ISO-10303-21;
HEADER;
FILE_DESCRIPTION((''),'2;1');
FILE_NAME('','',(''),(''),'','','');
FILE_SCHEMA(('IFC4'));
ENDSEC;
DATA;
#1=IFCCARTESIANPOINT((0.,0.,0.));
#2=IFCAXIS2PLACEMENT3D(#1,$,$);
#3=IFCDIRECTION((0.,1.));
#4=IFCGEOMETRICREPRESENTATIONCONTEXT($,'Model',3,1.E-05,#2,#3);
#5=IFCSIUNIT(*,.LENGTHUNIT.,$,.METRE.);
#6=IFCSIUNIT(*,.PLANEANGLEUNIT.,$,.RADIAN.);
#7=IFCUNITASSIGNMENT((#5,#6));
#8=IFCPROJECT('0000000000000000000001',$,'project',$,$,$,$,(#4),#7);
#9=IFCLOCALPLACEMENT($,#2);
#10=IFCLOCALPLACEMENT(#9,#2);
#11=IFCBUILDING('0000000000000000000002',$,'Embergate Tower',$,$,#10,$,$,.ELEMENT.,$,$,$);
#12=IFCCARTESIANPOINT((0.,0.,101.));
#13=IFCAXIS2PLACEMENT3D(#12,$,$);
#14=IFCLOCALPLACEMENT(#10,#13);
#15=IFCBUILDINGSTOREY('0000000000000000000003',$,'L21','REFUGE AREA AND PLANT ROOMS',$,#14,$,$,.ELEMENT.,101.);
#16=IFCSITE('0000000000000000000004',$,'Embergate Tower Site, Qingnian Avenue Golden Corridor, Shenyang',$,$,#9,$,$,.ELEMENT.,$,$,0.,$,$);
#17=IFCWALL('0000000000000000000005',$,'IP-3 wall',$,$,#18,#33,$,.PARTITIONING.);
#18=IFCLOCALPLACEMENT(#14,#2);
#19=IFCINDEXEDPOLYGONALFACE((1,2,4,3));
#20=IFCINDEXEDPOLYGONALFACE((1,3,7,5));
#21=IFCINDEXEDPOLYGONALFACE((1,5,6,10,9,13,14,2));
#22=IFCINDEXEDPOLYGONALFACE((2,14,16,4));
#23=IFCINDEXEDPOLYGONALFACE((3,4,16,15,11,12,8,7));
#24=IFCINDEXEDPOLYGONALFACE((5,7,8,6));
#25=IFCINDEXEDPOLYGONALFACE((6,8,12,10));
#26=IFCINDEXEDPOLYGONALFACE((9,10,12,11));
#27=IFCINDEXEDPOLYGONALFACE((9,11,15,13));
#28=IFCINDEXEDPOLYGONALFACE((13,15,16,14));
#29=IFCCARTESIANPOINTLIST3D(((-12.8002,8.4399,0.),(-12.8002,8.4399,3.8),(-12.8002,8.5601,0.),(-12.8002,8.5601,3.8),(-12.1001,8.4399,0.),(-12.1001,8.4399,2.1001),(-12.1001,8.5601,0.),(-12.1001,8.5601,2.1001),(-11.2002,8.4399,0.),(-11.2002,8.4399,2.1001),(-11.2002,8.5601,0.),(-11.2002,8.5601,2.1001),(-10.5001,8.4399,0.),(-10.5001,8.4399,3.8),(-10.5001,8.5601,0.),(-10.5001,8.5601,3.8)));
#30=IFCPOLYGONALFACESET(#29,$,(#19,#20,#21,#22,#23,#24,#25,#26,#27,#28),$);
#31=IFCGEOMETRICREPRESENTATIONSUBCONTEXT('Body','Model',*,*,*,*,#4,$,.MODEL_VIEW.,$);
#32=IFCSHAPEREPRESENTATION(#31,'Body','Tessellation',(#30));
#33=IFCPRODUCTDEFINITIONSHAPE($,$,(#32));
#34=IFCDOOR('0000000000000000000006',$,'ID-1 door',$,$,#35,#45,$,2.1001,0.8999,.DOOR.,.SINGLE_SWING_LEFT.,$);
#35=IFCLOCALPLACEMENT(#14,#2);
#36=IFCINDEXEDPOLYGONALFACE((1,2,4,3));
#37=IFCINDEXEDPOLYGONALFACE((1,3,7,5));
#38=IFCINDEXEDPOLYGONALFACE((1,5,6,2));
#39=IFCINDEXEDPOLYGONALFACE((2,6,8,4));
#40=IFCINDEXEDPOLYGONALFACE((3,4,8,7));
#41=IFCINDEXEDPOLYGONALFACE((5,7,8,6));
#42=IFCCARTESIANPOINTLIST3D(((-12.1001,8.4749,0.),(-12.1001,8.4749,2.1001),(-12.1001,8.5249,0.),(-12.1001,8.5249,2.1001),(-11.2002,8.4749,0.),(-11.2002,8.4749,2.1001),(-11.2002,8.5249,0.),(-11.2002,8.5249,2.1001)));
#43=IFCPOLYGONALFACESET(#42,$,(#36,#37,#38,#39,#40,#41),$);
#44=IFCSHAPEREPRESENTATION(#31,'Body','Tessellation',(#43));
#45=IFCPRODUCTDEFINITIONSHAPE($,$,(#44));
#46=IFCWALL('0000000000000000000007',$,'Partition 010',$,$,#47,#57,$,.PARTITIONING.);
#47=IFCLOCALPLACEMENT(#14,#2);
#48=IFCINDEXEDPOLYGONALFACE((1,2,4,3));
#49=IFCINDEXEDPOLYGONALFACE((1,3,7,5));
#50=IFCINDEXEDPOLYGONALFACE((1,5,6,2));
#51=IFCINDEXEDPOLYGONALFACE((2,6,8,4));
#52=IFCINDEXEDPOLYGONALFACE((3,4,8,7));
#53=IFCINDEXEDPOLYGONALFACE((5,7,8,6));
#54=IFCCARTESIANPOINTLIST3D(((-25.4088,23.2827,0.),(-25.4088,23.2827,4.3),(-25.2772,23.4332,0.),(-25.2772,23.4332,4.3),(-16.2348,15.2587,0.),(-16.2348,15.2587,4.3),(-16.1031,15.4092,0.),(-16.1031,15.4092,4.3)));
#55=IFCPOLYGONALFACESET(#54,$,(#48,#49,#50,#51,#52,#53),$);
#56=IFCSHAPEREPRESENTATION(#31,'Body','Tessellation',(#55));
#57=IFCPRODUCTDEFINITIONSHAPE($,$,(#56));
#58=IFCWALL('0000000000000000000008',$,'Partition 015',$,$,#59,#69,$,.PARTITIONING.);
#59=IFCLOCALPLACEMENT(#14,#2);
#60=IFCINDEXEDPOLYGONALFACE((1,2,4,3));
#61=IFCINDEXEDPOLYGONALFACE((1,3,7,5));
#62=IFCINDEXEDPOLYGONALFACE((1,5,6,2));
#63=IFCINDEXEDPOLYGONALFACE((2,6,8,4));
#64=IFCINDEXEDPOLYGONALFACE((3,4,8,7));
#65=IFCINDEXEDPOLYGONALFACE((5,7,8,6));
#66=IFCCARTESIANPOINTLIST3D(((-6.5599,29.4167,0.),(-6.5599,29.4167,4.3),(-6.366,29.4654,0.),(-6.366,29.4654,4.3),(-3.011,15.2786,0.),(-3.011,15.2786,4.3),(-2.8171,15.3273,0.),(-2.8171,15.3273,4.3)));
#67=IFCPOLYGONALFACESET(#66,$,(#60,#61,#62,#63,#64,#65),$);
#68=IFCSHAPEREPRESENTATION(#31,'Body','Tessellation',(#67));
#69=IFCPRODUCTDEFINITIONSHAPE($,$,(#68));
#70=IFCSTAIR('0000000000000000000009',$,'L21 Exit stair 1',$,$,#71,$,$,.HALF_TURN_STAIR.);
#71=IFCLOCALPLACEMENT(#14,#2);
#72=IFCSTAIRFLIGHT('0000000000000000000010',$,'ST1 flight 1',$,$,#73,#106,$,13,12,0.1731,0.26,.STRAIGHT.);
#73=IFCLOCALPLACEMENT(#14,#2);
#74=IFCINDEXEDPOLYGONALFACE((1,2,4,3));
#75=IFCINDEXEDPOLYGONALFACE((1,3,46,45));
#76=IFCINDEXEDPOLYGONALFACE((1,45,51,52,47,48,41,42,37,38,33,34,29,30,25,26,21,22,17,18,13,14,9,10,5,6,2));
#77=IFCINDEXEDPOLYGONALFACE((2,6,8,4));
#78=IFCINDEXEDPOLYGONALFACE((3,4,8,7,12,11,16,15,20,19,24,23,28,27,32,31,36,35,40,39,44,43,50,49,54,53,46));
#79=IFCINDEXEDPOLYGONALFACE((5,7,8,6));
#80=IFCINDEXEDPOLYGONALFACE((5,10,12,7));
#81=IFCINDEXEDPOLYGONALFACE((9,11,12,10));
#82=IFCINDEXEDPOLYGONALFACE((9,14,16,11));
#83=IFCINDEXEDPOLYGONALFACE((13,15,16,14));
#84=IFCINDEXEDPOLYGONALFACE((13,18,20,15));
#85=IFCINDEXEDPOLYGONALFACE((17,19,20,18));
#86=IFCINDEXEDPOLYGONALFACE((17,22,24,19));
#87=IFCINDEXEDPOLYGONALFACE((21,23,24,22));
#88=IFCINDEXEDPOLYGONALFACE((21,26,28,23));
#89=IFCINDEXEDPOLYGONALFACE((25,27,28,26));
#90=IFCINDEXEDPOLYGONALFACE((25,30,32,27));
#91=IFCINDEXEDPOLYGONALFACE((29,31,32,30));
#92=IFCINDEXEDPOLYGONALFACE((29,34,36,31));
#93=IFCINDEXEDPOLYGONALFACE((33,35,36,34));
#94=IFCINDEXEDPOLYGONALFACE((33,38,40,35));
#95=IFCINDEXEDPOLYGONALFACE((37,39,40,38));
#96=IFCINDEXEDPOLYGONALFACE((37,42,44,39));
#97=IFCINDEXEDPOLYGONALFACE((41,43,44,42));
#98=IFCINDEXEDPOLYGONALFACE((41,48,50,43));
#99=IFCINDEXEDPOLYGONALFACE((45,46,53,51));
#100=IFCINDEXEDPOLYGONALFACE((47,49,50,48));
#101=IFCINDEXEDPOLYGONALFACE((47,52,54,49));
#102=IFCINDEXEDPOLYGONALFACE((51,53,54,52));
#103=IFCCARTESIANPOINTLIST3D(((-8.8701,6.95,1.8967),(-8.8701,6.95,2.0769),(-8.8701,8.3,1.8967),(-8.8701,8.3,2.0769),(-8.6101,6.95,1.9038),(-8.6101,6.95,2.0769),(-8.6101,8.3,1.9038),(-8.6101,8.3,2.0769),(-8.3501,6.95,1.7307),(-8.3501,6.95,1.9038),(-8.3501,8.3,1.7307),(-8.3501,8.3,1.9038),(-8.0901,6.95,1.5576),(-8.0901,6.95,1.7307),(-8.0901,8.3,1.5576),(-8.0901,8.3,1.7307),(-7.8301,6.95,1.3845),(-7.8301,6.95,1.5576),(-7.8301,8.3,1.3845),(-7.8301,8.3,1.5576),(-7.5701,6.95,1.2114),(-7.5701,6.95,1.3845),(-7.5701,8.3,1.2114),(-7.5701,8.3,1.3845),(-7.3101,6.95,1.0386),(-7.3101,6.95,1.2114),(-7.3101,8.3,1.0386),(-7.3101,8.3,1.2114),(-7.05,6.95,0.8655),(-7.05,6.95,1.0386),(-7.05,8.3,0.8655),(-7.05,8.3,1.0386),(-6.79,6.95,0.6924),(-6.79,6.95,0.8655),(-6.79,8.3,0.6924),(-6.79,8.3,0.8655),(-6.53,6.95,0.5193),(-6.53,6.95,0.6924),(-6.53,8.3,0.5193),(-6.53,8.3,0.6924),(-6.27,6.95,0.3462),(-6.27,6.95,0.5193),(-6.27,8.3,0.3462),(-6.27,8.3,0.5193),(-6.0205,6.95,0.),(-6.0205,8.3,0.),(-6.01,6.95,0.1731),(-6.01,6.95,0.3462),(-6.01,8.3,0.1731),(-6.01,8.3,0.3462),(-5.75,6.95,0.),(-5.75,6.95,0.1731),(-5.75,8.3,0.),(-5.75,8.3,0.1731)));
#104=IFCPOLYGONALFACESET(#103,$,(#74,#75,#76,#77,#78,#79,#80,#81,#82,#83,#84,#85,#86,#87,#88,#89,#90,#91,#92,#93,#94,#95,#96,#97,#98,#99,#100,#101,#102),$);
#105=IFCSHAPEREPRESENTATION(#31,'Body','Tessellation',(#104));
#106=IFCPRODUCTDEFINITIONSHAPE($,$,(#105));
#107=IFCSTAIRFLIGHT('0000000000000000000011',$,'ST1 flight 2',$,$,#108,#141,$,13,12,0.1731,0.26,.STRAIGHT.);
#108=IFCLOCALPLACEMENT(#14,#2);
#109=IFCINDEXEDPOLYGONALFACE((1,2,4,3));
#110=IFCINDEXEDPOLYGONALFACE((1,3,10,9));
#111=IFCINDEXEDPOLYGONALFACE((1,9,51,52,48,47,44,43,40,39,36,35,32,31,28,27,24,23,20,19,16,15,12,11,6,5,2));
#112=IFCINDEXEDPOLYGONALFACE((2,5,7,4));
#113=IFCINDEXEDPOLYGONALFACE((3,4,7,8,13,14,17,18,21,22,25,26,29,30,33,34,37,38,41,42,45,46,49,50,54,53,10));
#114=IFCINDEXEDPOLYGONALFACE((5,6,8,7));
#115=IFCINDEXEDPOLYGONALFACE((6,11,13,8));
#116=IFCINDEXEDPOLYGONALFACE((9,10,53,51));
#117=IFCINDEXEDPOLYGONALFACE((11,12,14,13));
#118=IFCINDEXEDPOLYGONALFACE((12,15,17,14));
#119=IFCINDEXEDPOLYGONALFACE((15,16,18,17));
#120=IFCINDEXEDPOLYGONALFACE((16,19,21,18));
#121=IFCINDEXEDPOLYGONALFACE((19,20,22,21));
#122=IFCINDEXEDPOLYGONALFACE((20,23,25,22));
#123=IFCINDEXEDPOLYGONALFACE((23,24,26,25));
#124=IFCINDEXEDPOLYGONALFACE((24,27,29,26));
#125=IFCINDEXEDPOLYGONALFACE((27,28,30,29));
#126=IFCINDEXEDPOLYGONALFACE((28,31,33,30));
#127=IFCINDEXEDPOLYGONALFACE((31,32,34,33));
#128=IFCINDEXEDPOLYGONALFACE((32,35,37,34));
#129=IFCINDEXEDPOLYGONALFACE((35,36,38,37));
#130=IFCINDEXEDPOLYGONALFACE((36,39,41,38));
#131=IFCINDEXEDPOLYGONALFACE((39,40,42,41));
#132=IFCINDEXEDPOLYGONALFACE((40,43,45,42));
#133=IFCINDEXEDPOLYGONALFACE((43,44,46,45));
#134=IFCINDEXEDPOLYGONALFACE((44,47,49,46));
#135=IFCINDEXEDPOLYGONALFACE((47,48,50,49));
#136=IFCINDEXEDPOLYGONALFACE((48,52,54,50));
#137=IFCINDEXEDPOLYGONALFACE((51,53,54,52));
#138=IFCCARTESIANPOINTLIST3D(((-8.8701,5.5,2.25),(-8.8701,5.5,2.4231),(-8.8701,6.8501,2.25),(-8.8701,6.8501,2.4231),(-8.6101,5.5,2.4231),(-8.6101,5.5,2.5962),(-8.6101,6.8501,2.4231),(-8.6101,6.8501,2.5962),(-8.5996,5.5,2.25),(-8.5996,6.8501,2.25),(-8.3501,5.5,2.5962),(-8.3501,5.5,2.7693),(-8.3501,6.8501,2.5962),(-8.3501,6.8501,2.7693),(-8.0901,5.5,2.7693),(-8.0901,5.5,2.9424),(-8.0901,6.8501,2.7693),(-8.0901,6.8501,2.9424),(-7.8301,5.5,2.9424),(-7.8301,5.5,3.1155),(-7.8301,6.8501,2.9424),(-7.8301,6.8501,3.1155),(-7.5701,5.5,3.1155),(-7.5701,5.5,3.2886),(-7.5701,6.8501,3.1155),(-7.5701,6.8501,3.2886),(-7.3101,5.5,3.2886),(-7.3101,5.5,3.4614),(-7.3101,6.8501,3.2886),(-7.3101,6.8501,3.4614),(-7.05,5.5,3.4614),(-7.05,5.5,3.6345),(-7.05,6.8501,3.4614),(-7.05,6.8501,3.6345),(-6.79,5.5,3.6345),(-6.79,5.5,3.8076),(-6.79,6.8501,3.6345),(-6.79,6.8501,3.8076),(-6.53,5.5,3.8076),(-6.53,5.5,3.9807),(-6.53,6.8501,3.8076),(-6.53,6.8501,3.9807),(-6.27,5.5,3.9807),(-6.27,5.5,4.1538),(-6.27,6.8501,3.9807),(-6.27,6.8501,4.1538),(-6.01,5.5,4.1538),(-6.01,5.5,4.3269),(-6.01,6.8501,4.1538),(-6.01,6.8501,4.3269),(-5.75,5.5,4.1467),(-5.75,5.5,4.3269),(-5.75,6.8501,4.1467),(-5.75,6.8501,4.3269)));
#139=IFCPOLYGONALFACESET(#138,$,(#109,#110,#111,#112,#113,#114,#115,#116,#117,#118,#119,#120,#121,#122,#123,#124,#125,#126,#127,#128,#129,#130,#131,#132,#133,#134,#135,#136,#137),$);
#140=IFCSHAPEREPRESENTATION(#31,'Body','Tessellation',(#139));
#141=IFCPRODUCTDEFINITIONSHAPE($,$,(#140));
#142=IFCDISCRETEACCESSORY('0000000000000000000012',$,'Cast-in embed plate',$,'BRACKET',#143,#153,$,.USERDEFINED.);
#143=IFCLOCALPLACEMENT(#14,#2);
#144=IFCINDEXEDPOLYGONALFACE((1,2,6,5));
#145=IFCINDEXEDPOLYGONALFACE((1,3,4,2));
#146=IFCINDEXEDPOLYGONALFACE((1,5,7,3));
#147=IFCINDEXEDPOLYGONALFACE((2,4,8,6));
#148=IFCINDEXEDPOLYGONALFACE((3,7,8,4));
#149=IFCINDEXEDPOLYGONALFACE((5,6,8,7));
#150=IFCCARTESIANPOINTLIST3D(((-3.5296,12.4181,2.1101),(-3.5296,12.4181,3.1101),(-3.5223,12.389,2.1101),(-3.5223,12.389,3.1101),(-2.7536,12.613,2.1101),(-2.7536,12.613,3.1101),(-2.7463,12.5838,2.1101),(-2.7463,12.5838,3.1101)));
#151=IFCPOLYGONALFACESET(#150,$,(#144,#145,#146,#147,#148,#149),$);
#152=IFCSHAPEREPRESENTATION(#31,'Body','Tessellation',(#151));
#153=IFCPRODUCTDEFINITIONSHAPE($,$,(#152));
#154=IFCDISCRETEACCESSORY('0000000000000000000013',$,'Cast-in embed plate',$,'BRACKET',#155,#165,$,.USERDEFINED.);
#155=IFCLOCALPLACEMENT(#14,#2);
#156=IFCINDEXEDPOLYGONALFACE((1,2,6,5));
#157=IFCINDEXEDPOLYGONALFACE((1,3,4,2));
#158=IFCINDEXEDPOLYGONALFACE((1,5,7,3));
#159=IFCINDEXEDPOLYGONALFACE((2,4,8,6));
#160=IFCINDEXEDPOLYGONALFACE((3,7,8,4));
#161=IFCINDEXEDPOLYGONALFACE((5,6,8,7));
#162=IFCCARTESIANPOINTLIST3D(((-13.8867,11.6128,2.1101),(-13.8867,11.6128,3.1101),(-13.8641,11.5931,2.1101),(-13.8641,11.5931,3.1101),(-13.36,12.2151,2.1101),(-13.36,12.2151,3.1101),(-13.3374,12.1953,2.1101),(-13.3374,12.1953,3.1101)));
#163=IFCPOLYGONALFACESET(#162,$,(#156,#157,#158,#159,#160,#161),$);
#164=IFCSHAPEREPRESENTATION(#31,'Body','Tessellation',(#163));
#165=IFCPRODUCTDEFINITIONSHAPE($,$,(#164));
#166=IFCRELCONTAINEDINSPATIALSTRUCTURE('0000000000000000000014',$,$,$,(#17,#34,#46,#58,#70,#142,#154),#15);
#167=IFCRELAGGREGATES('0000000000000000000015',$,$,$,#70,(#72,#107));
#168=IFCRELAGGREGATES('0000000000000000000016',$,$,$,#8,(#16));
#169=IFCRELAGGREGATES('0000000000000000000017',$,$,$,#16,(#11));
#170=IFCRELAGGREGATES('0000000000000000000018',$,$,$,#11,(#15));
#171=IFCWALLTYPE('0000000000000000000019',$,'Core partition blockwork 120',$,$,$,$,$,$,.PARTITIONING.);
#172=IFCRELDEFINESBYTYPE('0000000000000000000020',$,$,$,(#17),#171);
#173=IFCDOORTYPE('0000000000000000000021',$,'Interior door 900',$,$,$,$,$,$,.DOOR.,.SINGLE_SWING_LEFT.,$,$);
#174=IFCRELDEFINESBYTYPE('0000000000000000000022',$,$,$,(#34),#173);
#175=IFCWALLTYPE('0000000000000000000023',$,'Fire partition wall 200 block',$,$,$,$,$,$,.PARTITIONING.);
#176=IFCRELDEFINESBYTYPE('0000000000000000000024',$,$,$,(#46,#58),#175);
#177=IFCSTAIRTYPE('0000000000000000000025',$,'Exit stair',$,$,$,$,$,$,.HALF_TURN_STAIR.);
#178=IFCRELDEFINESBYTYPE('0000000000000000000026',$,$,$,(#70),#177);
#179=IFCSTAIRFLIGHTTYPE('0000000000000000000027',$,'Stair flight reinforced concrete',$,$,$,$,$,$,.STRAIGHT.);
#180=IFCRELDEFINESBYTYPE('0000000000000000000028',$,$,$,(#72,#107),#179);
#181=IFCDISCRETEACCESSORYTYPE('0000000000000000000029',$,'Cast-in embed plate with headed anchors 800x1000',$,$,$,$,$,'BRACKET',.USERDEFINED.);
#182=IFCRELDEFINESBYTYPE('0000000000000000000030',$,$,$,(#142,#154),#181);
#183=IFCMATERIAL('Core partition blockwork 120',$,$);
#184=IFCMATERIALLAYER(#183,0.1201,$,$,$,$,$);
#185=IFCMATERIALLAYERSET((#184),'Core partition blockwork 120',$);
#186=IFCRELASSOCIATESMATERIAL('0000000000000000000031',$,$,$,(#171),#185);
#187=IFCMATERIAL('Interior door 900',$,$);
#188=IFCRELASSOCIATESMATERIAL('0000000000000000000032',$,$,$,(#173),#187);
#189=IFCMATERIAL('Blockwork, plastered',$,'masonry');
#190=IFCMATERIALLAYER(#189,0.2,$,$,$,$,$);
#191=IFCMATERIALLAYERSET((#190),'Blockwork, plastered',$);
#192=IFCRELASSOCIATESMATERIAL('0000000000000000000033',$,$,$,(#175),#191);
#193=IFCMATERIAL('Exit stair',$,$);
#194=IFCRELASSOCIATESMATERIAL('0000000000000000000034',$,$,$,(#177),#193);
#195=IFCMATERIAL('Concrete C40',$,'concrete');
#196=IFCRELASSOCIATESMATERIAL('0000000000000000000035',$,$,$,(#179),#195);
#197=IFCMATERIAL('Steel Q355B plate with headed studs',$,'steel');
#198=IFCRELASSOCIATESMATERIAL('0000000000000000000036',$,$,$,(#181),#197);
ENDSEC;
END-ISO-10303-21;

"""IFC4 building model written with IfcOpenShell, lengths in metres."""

from ifc_helpers import new_model, si_unit, direction, frame, frame_2d, origin, origin_2d, place, context, subcontext, project, spatial, polyline, rectangle, outline, extrude, source, transform, mapped, material, layer, layer_set, type_object, element, fill, aggregate, save


model = new_model("IFC4")

# Units and contexts
model_context = context("Model", 3, precision=1e-05, world=origin(), true_north=direction((0.0, 1.0)))
body_context = subcontext(model_context, "Body", "Model", "MODEL_VIEW")
ifc_project = project(units=[si_unit("LENGTHUNIT", "METRE"), si_unit("PLANEANGLEUNIT", "RADIAN")], contexts=[model_context])

# Site, building, storey
site_placement = place(None, origin())
site = spatial("IfcSite", under=ifc_project, at=site_placement, Name="Embergate Tower Site, Qingnian Avenue Golden Corridor, Shenyang", CompositionType="ELEMENT", RefElevation=0.0)
building_placement = place(site_placement, origin())
building = spatial("IfcBuilding", under=site, at=building_placement, Name="Embergate Tower", CompositionType="ELEMENT")
storey_placement = place(building_placement, frame((0.0, 0.0, 101.0)))
storey = spatial("IfcBuildingStorey", under=building, at=storey_placement, Name="L21", Description="REFUGE AREA AND PLANT ROOMS", CompositionType="ELEMENT", Elevation=101.0)

# Wall, opening, door
ifc_material_1 = material(Name="Core partition blockwork 120")
ifc_layer_1 = layer(ifc_material_1, 0.1201)
ifc_layer_set_1 = layer_set([ifc_layer_1], Name="Core partition blockwork 120")
wall_type_1 = type_object("IfcWallType", Name="Core partition blockwork 120", PredefinedType="PARTITIONING", material=ifc_layer_set_1)
shared_shape_1 = source(origin(), body_context, "Body", "SweptSolid", [
    extrude(rectangle(XDim=2.3, YDim=0.1201, at=frame_2d((1.1499, 0.0))), origin(), (0.0, 0.0, 1.0), 3.8),
])
wall_1_placement = place(storey_placement, frame((-12.8, 8.5, 0.0), z_axis=(0.0, 0.0, 1.0), x_axis=(1.0, 0.0, 0.0)))
wall_1 = element("IfcWall", 1, at=wall_1_placement, inside=storey, type_object=wall_type_1, Name="IP-3 wall", PredefinedType="PARTITIONING", context=body_context, shape_type="MappedRepresentation", body=[
    mapped(shared_shape_1, transform((0.0, 0.0, 0.0))),
])
shared_shape_2 = source(origin(), body_context, "Body", "SweptSolid", [
    extrude(rectangle(XDim=0.8999, YDim=2.1001, at=frame_2d((0.45, 1.05))), frame((0.0, 0.0701, 0.0), z_axis=(0.0, -1.0, 0.0), x_axis=(1.0, 0.0, 0.0)), (0.0, 0.0, 1.0), 0.1401),
])
opening_placement = place(wall_1_placement, frame((0.7, 0.0, 0.0)))
opening = element("IfcOpeningElement", 2, at=opening_placement, cuts=wall_1, PredefinedType="OPENING", context=body_context, shape_type="MappedRepresentation", body=[
    mapped(shared_shape_2, transform((0.0, 0.0, 0.0))),
])
ifc_material_2 = material(Name="Interior door 900")
door_type = type_object("IfcDoorType", Name="Interior door 900", OperationType="SINGLE_SWING_LEFT", PredefinedType="DOOR", material=ifc_material_2)
shared_shape_3 = source(origin(), body_context, "Body", "SweptSolid", [
    extrude(rectangle(XDim=0.8999, YDim=2.1001, at=frame_2d((0.45, 1.05))), frame((0.0, 0.0249, 0.0), z_axis=(0.0, -1.0, 0.0), x_axis=(1.0, 0.0, 0.0)), (0.0, 0.0, 1.0), 0.05),
])
door_placement = place(opening_placement, origin())
door = element("IfcDoor", 3, at=door_placement, inside=storey, type_object=door_type, Name="ID-1 door", OperationType="SINGLE_SWING_LEFT", OverallHeight=2.1001, OverallWidth=0.8999, PredefinedType="DOOR", context=body_context, shape_type="MappedRepresentation", body=[
    mapped(shared_shape_3, transform((0.0, 0.0, 0.0))),
])
fill(opening, door)

# Walls
ifc_material_3 = material(Name="Blockwork, plastered", Category="masonry")
ifc_layer_2 = layer(ifc_material_3, 0.2)
ifc_layer_set_2 = layer_set([ifc_layer_2], Name="Blockwork, plastered")
wall_type_2 = type_object("IfcWallType", Name="Fire partition wall 200 block", PredefinedType="PARTITIONING", material=ifc_layer_set_2)
shared_shape_4 = source(origin(), body_context, "Body", "SweptSolid", [
    extrude(rectangle(XDim=12.188, YDim=0.2, at=frame_2d((6.094, 0.0))), origin(), (0.0, 0.0, 1.0), 4.3),
])
wall_2_placement = place(storey_placement, frame((-16.1689, 15.334, 0.0), z_axis=(0.0, 0.0, 1.0), x_axis=(-0.752714, 0.658347, 0.0)))
element("IfcWall", 4, at=wall_2_placement, inside=storey, type_object=wall_type_2, Name="Partition 010", PredefinedType="PARTITIONING", context=body_context, shape_type="MappedRepresentation", body=[
    mapped(shared_shape_4, transform((0.0, 0.0, 0.0))),
])
shared_shape_5 = source(origin(), body_context, "Body", "SweptSolid", [
    extrude(rectangle(XDim=14.5767, YDim=0.2, at=frame_2d((7.2883, 0.0))), origin(), (0.0, 0.0, 1.0), 4.3),
])
wall_3_placement = place(storey_placement, frame((-2.9141, 15.303, 0.0), z_axis=(0.0, 0.0, 1.0), x_axis=(-0.243462, 0.969911, 0.0)))
element("IfcWall", 5, at=wall_3_placement, inside=storey, type_object=wall_type_2, Name="Partition 015", PredefinedType="PARTITIONING", context=body_context, shape_type="MappedRepresentation", body=[
    mapped(shared_shape_5, transform((0.0, 0.0, 0.0))),
])

# Stair, stair flights
ifc_material_4 = material(Name="Exit stair")
stair_type = type_object("IfcStairType", Name="Exit stair", PredefinedType="HALF_TURN_STAIR", material=ifc_material_4)
stair_placement = place(storey_placement, origin())
stair = element("IfcStair", 6, at=stair_placement, inside=storey, type_object=stair_type, Name="L21 Exit stair 1", PredefinedType="HALF_TURN_STAIR")
ifc_material_5 = material(Name="Concrete C40", Category="concrete")
stair_flight_type = type_object("IfcStairFlightType", Name="Stair flight reinforced concrete", PredefinedType="STRAIGHT", material=ifc_material_5)
shared_shape_6 = source(origin(), body_context, "Body", "SweptSolid", [
    extrude(outline(polyline([(0.0, 0.0), (0.0, 0.1731), (0.26, 0.1731), (0.26, 0.3462), (0.52, 0.3462), (0.52, 0.5193), (0.78, 0.5193), (0.78, 0.6924), (1.04, 0.6924), (1.04, 0.8655), (1.3, 0.8655), (1.3, 1.0386), (1.5601, 1.0386), (1.5601, 1.2114), (1.8201, 1.2114), (1.8201, 1.3845), (2.0801, 1.3845), (2.0801, 1.5576), (2.3401, 1.5576), (2.3401, 1.7307), (2.6001, 1.7307), (2.6001, 1.9038), (2.8601, 1.9038), (2.8601, 2.0769), (3.1201, 2.0769), (3.1201, 2.25), (3.1201, 1.8967), (0.2705, 0.0), (0.0, 0.0)])), frame((0.0, 0.675, 0.0), z_axis=(0.0, -1.0, 0.0), x_axis=(1.0, 0.0, 0.0)), (0.0, 0.0, 1.0), 1.3501),
])
stair_flight_1_placement = place(storey_placement, frame((-5.75, 7.625, 0.0), z_axis=(0.0, 0.0, 1.0), x_axis=(-1.0, 0.0, 0.0)))
stair_flight_1 = element("IfcStairFlight", 7, at=stair_flight_1_placement, type_object=stair_flight_type, Name="ST1 flight 1", NumberOfRisers=13, NumberOfTreads=12, PredefinedType="STRAIGHT", RiserHeight=0.1731, TreadLength=0.26, context=body_context, shape_type="MappedRepresentation", body=[
    mapped(shared_shape_6, transform((0.0, 0.0, 0.0))),
])
stair_flight_2_placement = place(storey_placement, frame((-8.8701, 6.175, 2.25), z_axis=(0.0, 0.0, 1.0), x_axis=(1.0, 0.0, 0.0)))
stair_flight_2 = element("IfcStairFlight", 8, at=stair_flight_2_placement, type_object=stair_flight_type, Name="ST1 flight 2", NumberOfRisers=13, NumberOfTreads=12, PredefinedType="STRAIGHT", RiserHeight=0.1731, TreadLength=0.26, context=body_context, shape_type="MappedRepresentation", body=[
    mapped(shared_shape_6, transform((0.0, 0.0, 0.0))),
])
aggregate(stair, [stair_flight_1, stair_flight_2])

# Discrete accessories
ifc_material_6 = material(Name="Steel Q355B plate with headed studs", Category="steel")
discrete_accessory_type = type_object("IfcDiscreteAccessoryType", Name="Cast-in embed plate with headed anchors 800x1000", ElementType="BRACKET", PredefinedType="USERDEFINED", material=ifc_material_6)
shared_shape_7 = source(origin(), body_context, "Body", "SweptSolid", [
    extrude(rectangle(XDim=0.03, YDim=0.8, at=origin_2d()), origin(), (0.0, 0.0, 1.0), 1.0),
])
for number, where, z_axis, x_axis, name in (
    (9, (-3.1379, 12.501, 2.1101), (0.0, 0.0, 1.0), (-0.24353, 0.969893, 0.0), "Cast-in embed plate"),
    (10, (-13.6121, 11.9041, 2.1101), (0.0, 0.0, 1.0), (-0.752748, 0.658309, 0.0), "Cast-in embed plate"),
):
    element("IfcDiscreteAccessory", number, at=place(storey_placement, frame(where, z_axis=z_axis, x_axis=x_axis)), inside=storey, type_object=discrete_accessory_type, Name=name, ObjectType="BRACKET", PredefinedType="USERDEFINED", context=body_context, shape_type="MappedRepresentation", body=[
        mapped(shared_shape_7, transform((0.0, 0.0, 0.0))),
    ])

save(model, "model.ifc")
